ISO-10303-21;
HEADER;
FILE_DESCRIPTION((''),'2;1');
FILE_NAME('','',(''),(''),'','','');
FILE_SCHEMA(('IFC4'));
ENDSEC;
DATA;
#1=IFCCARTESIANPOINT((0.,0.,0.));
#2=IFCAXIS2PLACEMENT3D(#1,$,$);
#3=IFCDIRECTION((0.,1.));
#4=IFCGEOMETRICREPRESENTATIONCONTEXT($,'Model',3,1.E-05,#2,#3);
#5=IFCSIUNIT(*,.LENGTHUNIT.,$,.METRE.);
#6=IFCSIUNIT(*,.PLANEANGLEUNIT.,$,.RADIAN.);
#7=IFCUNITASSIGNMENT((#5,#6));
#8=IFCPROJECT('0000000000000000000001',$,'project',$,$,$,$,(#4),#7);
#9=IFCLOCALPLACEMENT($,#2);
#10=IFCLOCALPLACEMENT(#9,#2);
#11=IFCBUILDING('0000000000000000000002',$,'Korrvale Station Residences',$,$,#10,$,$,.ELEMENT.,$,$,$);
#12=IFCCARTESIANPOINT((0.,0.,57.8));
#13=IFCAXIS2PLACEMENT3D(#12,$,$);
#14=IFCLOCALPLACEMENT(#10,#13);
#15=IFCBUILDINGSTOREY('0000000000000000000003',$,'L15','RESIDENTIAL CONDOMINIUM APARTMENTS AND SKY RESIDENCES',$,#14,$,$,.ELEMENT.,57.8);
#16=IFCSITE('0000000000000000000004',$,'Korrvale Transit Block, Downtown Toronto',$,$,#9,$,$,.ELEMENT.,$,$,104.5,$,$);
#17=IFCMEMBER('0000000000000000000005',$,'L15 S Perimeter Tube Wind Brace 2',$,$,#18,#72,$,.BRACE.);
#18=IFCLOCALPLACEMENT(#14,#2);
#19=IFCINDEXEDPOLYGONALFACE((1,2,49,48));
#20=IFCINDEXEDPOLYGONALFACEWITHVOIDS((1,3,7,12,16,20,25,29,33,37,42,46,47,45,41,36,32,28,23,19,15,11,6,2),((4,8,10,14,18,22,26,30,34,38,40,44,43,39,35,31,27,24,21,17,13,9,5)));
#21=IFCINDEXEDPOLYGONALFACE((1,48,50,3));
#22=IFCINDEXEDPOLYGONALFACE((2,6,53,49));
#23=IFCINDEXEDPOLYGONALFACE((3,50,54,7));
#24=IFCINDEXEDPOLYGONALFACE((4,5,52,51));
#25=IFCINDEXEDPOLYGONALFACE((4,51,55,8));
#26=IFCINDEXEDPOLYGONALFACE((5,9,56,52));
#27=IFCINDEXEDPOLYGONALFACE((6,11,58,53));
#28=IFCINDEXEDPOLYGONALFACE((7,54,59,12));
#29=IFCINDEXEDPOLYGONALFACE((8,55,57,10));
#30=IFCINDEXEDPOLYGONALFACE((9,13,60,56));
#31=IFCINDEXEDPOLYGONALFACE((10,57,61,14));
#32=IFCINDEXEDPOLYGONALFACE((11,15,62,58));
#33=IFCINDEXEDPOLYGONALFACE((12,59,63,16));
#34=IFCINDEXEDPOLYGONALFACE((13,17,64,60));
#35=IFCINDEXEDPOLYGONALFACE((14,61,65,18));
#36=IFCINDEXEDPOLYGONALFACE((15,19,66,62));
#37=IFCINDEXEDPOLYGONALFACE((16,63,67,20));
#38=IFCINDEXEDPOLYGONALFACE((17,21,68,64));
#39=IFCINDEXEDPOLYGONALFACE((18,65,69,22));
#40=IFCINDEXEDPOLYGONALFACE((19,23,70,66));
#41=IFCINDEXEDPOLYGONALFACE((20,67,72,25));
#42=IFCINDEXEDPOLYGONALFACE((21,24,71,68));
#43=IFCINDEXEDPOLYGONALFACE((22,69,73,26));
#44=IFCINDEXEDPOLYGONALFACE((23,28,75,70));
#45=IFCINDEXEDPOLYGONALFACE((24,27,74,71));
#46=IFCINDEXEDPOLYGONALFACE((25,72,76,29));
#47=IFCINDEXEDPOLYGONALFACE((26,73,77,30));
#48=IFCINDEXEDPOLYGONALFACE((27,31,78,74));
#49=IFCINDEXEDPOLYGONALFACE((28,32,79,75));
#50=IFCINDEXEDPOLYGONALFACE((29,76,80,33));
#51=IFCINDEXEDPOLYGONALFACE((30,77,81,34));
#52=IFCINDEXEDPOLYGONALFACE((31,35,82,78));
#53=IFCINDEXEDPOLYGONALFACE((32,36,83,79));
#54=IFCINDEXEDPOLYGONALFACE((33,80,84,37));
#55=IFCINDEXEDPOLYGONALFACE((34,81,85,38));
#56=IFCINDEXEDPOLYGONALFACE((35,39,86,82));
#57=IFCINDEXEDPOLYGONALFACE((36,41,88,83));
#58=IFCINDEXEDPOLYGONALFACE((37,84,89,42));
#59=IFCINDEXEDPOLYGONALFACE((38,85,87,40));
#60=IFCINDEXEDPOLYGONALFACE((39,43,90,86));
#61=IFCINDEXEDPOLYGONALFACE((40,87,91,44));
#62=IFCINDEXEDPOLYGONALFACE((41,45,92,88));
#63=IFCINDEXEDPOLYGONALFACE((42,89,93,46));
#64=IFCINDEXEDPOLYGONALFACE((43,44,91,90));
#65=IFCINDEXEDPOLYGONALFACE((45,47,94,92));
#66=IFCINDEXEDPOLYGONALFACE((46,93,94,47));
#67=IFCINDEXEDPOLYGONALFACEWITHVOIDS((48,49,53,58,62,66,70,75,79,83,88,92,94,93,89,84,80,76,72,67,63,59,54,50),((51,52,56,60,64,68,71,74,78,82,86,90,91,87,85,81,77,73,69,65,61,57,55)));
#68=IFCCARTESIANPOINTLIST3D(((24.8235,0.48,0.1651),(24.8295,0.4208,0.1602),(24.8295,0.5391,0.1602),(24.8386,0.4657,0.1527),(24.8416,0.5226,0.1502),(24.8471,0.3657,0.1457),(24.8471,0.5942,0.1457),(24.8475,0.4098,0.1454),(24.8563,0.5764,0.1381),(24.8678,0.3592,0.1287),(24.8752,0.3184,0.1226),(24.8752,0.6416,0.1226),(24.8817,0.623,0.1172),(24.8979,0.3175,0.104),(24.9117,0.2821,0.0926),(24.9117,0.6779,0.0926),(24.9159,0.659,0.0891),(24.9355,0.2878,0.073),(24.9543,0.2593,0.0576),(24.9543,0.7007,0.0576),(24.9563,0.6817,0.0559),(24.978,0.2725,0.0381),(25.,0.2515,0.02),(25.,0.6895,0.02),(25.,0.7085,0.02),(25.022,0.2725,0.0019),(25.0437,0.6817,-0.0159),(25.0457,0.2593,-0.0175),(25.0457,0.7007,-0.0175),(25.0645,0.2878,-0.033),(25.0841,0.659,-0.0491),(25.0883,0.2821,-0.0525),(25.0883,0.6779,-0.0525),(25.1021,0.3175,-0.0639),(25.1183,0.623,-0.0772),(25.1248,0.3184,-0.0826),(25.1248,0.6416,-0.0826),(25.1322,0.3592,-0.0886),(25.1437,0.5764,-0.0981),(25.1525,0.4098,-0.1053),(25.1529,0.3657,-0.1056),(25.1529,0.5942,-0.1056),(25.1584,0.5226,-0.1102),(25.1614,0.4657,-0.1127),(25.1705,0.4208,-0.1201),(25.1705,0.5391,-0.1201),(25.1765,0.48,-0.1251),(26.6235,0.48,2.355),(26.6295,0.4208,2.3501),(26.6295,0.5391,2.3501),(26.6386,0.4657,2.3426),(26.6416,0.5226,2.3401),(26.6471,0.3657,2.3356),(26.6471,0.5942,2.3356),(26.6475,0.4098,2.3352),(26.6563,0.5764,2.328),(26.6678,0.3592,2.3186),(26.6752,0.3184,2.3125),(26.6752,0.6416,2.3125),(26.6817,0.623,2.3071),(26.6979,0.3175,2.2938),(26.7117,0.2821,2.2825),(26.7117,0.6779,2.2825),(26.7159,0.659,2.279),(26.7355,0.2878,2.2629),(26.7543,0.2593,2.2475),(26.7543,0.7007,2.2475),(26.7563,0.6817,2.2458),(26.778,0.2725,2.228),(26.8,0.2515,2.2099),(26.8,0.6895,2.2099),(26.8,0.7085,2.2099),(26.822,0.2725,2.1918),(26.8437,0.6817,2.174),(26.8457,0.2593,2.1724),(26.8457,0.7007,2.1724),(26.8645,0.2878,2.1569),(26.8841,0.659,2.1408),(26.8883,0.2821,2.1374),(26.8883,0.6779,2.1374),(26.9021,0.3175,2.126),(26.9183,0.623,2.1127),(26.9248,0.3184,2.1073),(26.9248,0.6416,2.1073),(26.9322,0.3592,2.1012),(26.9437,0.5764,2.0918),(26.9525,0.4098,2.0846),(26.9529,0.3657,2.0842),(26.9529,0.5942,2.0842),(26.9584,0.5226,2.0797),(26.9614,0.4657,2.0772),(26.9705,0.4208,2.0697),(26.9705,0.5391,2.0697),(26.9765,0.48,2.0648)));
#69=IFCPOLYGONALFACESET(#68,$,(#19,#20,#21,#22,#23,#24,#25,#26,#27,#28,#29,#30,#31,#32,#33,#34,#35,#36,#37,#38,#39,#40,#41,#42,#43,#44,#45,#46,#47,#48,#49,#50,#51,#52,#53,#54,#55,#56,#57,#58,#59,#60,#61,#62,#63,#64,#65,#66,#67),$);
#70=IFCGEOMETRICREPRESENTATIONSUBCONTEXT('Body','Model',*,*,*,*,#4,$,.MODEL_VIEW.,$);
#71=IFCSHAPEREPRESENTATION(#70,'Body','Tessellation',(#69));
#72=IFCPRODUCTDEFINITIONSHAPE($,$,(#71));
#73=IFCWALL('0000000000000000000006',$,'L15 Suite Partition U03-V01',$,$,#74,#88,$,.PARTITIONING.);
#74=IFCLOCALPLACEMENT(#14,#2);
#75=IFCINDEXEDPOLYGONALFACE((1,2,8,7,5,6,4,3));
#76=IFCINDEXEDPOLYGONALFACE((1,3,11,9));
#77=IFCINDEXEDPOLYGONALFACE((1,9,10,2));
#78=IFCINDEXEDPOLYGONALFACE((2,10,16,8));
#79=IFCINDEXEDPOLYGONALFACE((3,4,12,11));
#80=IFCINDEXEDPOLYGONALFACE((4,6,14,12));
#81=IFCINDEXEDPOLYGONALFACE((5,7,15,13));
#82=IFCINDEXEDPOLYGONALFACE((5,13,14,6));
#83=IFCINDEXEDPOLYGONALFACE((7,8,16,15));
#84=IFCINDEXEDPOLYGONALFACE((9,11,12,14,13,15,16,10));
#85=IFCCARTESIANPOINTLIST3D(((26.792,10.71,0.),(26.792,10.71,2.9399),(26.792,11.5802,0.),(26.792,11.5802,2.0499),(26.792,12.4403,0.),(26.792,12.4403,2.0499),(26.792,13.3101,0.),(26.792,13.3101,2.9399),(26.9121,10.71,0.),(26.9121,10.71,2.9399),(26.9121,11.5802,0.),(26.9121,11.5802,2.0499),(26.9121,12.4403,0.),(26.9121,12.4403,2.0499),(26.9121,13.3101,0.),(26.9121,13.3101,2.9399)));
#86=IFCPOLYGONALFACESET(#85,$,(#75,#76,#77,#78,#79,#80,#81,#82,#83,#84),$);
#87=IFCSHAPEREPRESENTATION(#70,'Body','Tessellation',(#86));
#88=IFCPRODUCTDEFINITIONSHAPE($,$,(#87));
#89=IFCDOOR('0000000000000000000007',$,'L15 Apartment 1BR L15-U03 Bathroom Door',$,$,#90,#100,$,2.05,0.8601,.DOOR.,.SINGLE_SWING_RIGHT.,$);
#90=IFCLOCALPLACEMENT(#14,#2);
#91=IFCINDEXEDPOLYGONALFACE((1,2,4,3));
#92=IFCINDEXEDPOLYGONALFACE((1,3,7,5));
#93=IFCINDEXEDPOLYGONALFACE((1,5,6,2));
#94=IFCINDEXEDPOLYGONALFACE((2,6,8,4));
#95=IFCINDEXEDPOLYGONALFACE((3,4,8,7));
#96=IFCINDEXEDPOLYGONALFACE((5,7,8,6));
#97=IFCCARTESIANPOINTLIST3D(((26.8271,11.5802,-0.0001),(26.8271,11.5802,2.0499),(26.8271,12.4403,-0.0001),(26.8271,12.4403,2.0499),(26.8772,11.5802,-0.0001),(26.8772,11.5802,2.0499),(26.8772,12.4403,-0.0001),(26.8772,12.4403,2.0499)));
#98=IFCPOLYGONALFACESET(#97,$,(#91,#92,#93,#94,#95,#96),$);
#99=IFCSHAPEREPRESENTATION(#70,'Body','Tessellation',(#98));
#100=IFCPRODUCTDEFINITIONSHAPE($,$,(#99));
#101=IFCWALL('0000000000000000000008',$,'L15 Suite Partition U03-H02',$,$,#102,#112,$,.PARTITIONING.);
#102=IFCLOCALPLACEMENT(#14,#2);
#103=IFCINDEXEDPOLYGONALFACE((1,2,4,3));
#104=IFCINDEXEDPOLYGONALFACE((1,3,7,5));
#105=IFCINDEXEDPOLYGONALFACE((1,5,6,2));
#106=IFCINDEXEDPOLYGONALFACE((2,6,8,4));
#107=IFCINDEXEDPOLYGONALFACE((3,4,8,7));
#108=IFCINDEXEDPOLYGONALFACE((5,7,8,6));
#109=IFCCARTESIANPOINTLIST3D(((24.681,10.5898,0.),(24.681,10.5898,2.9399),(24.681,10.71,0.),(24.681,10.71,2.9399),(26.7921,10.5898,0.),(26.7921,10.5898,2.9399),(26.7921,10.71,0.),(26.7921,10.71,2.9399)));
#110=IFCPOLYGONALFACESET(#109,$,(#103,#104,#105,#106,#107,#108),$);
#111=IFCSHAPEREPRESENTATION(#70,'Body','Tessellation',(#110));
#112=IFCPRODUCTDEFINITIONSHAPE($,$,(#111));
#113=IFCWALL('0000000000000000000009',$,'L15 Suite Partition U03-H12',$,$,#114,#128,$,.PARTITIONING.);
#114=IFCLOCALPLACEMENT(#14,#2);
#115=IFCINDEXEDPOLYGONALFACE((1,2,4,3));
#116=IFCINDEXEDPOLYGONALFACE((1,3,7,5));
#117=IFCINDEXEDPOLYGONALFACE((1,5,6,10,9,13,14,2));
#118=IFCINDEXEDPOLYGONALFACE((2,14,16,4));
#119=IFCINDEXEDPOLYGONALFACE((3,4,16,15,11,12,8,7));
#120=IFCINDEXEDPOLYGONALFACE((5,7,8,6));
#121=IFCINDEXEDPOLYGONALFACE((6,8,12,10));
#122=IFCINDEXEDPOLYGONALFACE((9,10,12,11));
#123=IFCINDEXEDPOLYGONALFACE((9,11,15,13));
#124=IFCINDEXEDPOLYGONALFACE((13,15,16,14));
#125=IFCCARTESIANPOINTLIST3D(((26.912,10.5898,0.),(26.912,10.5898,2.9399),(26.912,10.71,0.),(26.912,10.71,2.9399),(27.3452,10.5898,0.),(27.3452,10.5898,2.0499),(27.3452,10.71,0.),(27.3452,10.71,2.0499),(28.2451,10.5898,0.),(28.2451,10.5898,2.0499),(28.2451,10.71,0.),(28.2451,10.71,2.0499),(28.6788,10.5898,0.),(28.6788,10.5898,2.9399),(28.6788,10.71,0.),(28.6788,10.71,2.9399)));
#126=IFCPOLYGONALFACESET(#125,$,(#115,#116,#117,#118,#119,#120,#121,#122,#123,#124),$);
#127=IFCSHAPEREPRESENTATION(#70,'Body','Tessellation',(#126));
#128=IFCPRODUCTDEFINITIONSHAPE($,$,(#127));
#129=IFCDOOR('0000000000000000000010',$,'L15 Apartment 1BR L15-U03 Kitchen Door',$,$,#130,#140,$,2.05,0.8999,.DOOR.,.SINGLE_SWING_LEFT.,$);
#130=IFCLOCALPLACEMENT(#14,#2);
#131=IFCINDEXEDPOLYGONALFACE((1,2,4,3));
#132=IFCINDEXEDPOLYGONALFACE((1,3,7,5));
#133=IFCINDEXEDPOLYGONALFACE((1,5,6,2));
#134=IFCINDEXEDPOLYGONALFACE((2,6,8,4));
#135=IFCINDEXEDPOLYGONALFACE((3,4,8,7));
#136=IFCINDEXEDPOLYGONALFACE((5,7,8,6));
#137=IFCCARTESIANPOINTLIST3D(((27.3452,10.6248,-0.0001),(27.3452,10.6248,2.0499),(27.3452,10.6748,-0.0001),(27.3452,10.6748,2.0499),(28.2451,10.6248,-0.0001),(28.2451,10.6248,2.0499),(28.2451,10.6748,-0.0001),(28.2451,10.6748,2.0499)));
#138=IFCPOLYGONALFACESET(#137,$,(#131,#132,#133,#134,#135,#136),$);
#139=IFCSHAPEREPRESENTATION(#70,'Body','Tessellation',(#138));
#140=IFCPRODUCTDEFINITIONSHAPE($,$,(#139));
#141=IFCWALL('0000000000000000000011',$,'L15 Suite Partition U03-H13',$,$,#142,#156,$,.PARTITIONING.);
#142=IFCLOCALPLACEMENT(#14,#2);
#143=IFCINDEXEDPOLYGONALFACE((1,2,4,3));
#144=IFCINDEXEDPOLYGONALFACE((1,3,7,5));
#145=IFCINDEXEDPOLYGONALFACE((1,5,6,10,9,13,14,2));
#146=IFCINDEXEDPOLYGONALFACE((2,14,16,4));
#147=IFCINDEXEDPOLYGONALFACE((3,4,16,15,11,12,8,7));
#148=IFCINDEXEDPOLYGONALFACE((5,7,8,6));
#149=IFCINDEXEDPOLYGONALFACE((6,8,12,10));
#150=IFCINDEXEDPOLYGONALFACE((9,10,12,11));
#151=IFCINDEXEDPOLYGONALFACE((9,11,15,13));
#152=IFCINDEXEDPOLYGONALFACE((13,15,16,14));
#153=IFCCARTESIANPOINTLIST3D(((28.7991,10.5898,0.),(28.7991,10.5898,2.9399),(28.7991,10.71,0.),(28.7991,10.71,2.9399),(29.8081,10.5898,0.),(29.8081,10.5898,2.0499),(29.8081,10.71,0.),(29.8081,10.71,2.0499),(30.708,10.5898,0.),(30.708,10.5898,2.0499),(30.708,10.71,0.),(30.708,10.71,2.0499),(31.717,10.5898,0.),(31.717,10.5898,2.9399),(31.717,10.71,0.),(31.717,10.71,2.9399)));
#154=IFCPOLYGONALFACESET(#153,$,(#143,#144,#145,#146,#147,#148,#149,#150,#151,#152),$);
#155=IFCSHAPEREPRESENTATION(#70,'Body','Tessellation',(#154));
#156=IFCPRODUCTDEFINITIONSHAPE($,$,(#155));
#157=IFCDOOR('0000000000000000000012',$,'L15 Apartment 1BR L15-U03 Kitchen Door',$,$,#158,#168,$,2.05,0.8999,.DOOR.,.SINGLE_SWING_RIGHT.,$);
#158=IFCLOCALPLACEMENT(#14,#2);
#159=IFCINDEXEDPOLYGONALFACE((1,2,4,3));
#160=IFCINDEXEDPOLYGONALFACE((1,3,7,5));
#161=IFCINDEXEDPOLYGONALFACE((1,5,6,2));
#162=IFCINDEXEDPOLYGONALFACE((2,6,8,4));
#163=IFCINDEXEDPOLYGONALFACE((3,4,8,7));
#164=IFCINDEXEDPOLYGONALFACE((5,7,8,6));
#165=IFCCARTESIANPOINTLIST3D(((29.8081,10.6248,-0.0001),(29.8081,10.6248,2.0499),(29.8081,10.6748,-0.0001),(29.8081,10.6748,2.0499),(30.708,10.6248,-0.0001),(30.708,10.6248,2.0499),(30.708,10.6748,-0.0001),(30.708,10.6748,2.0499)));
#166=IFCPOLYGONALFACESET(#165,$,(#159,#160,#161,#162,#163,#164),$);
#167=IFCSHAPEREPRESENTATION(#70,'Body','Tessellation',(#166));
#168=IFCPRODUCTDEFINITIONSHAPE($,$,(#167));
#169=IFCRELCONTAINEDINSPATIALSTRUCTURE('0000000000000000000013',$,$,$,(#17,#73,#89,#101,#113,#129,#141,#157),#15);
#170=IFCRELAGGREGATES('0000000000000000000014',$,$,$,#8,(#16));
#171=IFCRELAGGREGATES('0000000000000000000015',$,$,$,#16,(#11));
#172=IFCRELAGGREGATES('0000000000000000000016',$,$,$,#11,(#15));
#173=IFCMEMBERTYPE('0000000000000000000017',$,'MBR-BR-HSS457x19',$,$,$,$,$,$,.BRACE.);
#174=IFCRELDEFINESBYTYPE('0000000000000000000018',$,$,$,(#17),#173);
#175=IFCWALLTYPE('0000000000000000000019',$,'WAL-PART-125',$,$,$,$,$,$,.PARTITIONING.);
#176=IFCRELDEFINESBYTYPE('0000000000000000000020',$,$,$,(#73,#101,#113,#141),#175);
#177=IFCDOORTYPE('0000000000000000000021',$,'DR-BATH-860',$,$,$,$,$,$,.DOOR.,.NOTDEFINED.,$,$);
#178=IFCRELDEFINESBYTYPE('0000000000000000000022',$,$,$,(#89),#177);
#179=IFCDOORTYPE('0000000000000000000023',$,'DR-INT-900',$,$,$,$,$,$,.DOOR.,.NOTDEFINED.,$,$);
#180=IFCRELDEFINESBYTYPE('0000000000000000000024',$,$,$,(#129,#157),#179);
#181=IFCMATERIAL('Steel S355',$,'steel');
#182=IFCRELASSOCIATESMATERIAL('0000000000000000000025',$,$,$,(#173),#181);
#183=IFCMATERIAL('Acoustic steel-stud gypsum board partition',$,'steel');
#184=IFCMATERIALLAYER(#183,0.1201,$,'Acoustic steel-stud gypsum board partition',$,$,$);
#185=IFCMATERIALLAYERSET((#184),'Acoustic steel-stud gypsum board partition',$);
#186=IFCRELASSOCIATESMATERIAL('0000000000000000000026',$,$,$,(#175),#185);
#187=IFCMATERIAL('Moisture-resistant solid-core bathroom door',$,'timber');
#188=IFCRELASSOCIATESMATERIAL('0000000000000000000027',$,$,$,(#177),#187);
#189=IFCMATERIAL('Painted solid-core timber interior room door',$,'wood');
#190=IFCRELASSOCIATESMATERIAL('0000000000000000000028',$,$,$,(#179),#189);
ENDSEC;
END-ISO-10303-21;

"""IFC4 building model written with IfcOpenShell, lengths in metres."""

from ifc_helpers import new_model, si_unit, direction, frame, frame_2d, origin, origin_2d, place, context, subcontext, project, spatial, rectangle, hollow_circle, extrude, material, layer, layer_set, material_profile, profile_set, type_object, element, fill, save


model = new_model("IFC4")

# Units and contexts
model_context = context("Model", 3, precision=1e-05, world=origin(), true_north=direction((0.0, 1.0)))
body_context = subcontext(model_context, "Body", "Model", "MODEL_VIEW")
ifc_project = project(units=[si_unit("LENGTHUNIT", "METRE"), si_unit("PLANEANGLEUNIT", "RADIAN")], contexts=[model_context])

# Site, building, storey
site_placement = place(None, origin())
site = spatial("IfcSite", under=ifc_project, at=site_placement, Name="Korrvale Transit Block, Downtown Toronto", CompositionType="ELEMENT", RefElevation=104.5)
building_placement = place(site_placement, origin())
building = spatial("IfcBuilding", under=site, at=building_placement, Name="Korrvale Station Residences", CompositionType="ELEMENT")
storey_placement = place(building_placement, frame((0.0, 0.0, 57.8)))
storey = spatial("IfcBuildingStorey", under=building, at=storey_placement, Name="L15", Description="RESIDENTIAL CONDOMINIUM APARTMENTS AND SKY RESIDENCES", CompositionType="ELEMENT", Elevation=57.8)

# Member
ifc_material_1 = material(Name="Steel S355", Category="steel")
ifc_material_profile_1 = material_profile(ifc_material_1, hollow_circle(Radius=0.2285, WallThickness=0.019, at=origin_2d()), Name="HSS457x19")
ifc_profile_set_1 = profile_set([ifc_material_profile_1], Name="Steel S355")
member_type = type_object("IfcMemberType", Name="MBR-BR-HSS457x19", PredefinedType="BRACE", material=ifc_profile_set_1)
for number, where, z_axis, x_axis, name in (
    (1, (25.0, 0.48, 0.02), (0.634985, 0.0, 0.772524), (0.0, 1.0, 0.0), "L15 S Perimeter Tube Wind Brace 2"),
):
    element("IfcMember", number, at=place(storey_placement, frame(where, z_axis=z_axis, x_axis=x_axis)), inside=storey, type_object=member_type, Name=name, PredefinedType="BRACE", context=body_context, shape_type="SweptSolid", body=[
        extrude(hollow_circle(Radius=0.2285, WallThickness=0.019, at=origin_2d()), origin(), (0.0, 0.0, 1.0), 2.8347),
    ])

# Wall, opening, door
ifc_material_2 = material(Name="Acoustic steel-stud gypsum board partition", Category="steel")
ifc_layer_1 = layer(ifc_material_2, 0.1201, Name="Acoustic steel-stud gypsum board partition")
ifc_layer_set_1 = layer_set([ifc_layer_1], Name="Acoustic steel-stud gypsum board partition")
wall_type_1 = type_object("IfcWallType", Name="WAL-PART-125", PredefinedType="PARTITIONING", material=ifc_layer_set_1)
wall_1_placement = place(storey_placement, frame((26.8521, 10.71, 0.0), z_axis=(0.0, 0.0, 1.0), x_axis=(0.0, 1.0, 0.0)))
wall_1 = element("IfcWall", 2, at=wall_1_placement, inside=storey, type_object=wall_type_1, Name="L15 Suite Partition U03-V01", PredefinedType="PARTITIONING", context=body_context, shape_type="SweptSolid", body=[
    extrude(rectangle(XDim=2.6001, YDim=0.1201, at=frame_2d((1.3, 0.0))), origin(), (0.0, 0.0, 1.0), 2.9399),
])
opening_1_placement = place(wall_1_placement, frame((0.8701, 0.0, 0.0)))
opening_1 = element("IfcOpeningElement", 3, at=opening_1_placement, cuts=wall_1, PredefinedType="OPENING", context=body_context, shape_type="SweptSolid", body=[
    extrude(rectangle(XDim=0.8601, YDim=2.05, at=frame_2d((0.4302, 1.0249))), frame((0.0, 0.0701, 0.0), z_axis=(0.0, -1.0, 0.0), x_axis=(1.0, 0.0, 0.0)), (0.0, 0.0, 1.0), 0.1401),
])
ifc_material_3 = material(Name="Moisture-resistant solid-core bathroom door", Category="timber")
door_type_1 = type_object("IfcDoorType", Name="DR-BATH-860", OperationType="NOTDEFINED", PredefinedType="DOOR", material=ifc_material_3)
door_1_placement = place(opening_1_placement, origin())
door_1 = element("IfcDoor", 4, at=door_1_placement, inside=storey, type_object=door_type_1, Name="L15 Apartment 1BR L15-U03 Bathroom Door", OperationType="SINGLE_SWING_RIGHT", OverallHeight=2.05, OverallWidth=0.8601, PredefinedType="DOOR", context=body_context, shape_type="SweptSolid", body=[
    extrude(rectangle(XDim=0.8601, YDim=2.05, at=frame_2d((0.4302, 1.0249))), frame((0.0, 0.0249, 0.0), z_axis=(0.0, -1.0, 0.0), x_axis=(1.0, 0.0, 0.0)), (0.0, 0.0, 1.0), 0.05),
])
fill(opening_1, door_1)

# Wall
wall_2_placement = place(storey_placement, frame((24.6809, 10.6499, 0.0), z_axis=(0.0, 0.0, 1.0), x_axis=(1.0, 0.0, 0.0)))
element("IfcWall", 5, at=wall_2_placement, inside=storey, type_object=wall_type_1, Name="L15 Suite Partition U03-H02", PredefinedType="PARTITIONING", context=body_context, shape_type="SweptSolid", body=[
    extrude(rectangle(XDim=2.1111, YDim=0.1201, at=frame_2d((1.0557, 0.0))), origin(), (0.0, 0.0, 1.0), 2.9399),
])

# Walls, openings, doors
wall_3_placement = place(storey_placement, frame((26.9121, 10.6499, 0.0), z_axis=(0.0, 0.0, 1.0), x_axis=(1.0, 0.0, 0.0)))
wall_3 = element("IfcWall", 6, at=wall_3_placement, inside=storey, type_object=wall_type_1, Name="L15 Suite Partition U03-H12", PredefinedType="PARTITIONING", context=body_context, shape_type="SweptSolid", body=[
    extrude(rectangle(XDim=1.7668, YDim=0.1201, at=frame_2d((0.8833, 0.0))), origin(), (0.0, 0.0, 1.0), 2.9399),
])
opening_2_placement = place(wall_3_placement, frame((0.4331, 0.0, 0.0)))
opening_2 = element("IfcOpeningElement", 7, at=opening_2_placement, cuts=wall_3, PredefinedType="OPENING", context=body_context, shape_type="SweptSolid", body=[
    extrude(rectangle(XDim=0.8999, YDim=2.05, at=frame_2d((0.45, 1.0249))), frame((0.0, 0.0701, 0.0), z_axis=(0.0, -1.0, 0.0), x_axis=(1.0, 0.0, 0.0)), (0.0, 0.0, 1.0), 0.1401),
])
ifc_material_4 = material(Name="Painted solid-core timber interior room door", Category="wood")
door_type_2 = type_object("IfcDoorType", Name="DR-INT-900", OperationType="NOTDEFINED", PredefinedType="DOOR", material=ifc_material_4)
door_2_placement = place(opening_2_placement, origin())
door_2 = element("IfcDoor", 8, at=door_2_placement, inside=storey, type_object=door_type_2, Name="L15 Apartment 1BR L15-U03 Kitchen Door", OperationType="SINGLE_SWING_LEFT", OverallHeight=2.05, OverallWidth=0.8999, PredefinedType="DOOR", context=body_context, shape_type="SweptSolid", body=[
    extrude(rectangle(XDim=0.8999, YDim=2.05, at=frame_2d((0.45, 1.0249))), frame((0.0, 0.0249, 0.0), z_axis=(0.0, -1.0, 0.0), x_axis=(1.0, 0.0, 0.0)), (0.0, 0.0, 1.0), 0.05),
])
fill(opening_2, door_2)
wall_4_placement = place(storey_placement, frame((28.7991, 10.6499, 0.0), z_axis=(0.0, 0.0, 1.0), x_axis=(1.0, 0.0, 0.0)))
wall_4 = element("IfcWall", 9, at=wall_4_placement, inside=storey, type_object=wall_type_1, Name="L15 Suite Partition U03-H13", PredefinedType="PARTITIONING", context=body_context, shape_type="SweptSolid", body=[
    extrude(rectangle(XDim=2.918, YDim=0.1201, at=frame_2d((1.459, 0.0))), origin(), (0.0, 0.0, 1.0), 2.9399),
])
opening_3_placement = place(wall_4_placement, frame((1.009, 0.0, 0.0)))
opening_3 = element("IfcOpeningElement", 10, at=opening_3_placement, cuts=wall_4, PredefinedType="OPENING", context=body_context, shape_type="SweptSolid", body=[
    extrude(rectangle(XDim=0.8999, YDim=2.05, at=frame_2d((0.45, 1.0249))), frame((0.0, 0.0701, 0.0), z_axis=(0.0, -1.0, 0.0), x_axis=(1.0, 0.0, 0.0)), (0.0, 0.0, 1.0), 0.1401),
])
door_3_placement = place(opening_3_placement, origin())
door_3 = element("IfcDoor", 11, at=door_3_placement, inside=storey, type_object=door_type_2, Name="L15 Apartment 1BR L15-U03 Kitchen Door", OperationType="SINGLE_SWING_RIGHT", OverallHeight=2.05, OverallWidth=0.8999, PredefinedType="DOOR", context=body_context, shape_type="SweptSolid", body=[
    extrude(rectangle(XDim=0.8999, YDim=2.05, at=frame_2d((0.45, 1.0249))), frame((0.0, 0.0249, 0.0), z_axis=(0.0, -1.0, 0.0), x_axis=(1.0, 0.0, 0.0)), (0.0, 0.0, 1.0), 0.05),
])
fill(opening_3, door_3)

save(model, "model.ifc")
